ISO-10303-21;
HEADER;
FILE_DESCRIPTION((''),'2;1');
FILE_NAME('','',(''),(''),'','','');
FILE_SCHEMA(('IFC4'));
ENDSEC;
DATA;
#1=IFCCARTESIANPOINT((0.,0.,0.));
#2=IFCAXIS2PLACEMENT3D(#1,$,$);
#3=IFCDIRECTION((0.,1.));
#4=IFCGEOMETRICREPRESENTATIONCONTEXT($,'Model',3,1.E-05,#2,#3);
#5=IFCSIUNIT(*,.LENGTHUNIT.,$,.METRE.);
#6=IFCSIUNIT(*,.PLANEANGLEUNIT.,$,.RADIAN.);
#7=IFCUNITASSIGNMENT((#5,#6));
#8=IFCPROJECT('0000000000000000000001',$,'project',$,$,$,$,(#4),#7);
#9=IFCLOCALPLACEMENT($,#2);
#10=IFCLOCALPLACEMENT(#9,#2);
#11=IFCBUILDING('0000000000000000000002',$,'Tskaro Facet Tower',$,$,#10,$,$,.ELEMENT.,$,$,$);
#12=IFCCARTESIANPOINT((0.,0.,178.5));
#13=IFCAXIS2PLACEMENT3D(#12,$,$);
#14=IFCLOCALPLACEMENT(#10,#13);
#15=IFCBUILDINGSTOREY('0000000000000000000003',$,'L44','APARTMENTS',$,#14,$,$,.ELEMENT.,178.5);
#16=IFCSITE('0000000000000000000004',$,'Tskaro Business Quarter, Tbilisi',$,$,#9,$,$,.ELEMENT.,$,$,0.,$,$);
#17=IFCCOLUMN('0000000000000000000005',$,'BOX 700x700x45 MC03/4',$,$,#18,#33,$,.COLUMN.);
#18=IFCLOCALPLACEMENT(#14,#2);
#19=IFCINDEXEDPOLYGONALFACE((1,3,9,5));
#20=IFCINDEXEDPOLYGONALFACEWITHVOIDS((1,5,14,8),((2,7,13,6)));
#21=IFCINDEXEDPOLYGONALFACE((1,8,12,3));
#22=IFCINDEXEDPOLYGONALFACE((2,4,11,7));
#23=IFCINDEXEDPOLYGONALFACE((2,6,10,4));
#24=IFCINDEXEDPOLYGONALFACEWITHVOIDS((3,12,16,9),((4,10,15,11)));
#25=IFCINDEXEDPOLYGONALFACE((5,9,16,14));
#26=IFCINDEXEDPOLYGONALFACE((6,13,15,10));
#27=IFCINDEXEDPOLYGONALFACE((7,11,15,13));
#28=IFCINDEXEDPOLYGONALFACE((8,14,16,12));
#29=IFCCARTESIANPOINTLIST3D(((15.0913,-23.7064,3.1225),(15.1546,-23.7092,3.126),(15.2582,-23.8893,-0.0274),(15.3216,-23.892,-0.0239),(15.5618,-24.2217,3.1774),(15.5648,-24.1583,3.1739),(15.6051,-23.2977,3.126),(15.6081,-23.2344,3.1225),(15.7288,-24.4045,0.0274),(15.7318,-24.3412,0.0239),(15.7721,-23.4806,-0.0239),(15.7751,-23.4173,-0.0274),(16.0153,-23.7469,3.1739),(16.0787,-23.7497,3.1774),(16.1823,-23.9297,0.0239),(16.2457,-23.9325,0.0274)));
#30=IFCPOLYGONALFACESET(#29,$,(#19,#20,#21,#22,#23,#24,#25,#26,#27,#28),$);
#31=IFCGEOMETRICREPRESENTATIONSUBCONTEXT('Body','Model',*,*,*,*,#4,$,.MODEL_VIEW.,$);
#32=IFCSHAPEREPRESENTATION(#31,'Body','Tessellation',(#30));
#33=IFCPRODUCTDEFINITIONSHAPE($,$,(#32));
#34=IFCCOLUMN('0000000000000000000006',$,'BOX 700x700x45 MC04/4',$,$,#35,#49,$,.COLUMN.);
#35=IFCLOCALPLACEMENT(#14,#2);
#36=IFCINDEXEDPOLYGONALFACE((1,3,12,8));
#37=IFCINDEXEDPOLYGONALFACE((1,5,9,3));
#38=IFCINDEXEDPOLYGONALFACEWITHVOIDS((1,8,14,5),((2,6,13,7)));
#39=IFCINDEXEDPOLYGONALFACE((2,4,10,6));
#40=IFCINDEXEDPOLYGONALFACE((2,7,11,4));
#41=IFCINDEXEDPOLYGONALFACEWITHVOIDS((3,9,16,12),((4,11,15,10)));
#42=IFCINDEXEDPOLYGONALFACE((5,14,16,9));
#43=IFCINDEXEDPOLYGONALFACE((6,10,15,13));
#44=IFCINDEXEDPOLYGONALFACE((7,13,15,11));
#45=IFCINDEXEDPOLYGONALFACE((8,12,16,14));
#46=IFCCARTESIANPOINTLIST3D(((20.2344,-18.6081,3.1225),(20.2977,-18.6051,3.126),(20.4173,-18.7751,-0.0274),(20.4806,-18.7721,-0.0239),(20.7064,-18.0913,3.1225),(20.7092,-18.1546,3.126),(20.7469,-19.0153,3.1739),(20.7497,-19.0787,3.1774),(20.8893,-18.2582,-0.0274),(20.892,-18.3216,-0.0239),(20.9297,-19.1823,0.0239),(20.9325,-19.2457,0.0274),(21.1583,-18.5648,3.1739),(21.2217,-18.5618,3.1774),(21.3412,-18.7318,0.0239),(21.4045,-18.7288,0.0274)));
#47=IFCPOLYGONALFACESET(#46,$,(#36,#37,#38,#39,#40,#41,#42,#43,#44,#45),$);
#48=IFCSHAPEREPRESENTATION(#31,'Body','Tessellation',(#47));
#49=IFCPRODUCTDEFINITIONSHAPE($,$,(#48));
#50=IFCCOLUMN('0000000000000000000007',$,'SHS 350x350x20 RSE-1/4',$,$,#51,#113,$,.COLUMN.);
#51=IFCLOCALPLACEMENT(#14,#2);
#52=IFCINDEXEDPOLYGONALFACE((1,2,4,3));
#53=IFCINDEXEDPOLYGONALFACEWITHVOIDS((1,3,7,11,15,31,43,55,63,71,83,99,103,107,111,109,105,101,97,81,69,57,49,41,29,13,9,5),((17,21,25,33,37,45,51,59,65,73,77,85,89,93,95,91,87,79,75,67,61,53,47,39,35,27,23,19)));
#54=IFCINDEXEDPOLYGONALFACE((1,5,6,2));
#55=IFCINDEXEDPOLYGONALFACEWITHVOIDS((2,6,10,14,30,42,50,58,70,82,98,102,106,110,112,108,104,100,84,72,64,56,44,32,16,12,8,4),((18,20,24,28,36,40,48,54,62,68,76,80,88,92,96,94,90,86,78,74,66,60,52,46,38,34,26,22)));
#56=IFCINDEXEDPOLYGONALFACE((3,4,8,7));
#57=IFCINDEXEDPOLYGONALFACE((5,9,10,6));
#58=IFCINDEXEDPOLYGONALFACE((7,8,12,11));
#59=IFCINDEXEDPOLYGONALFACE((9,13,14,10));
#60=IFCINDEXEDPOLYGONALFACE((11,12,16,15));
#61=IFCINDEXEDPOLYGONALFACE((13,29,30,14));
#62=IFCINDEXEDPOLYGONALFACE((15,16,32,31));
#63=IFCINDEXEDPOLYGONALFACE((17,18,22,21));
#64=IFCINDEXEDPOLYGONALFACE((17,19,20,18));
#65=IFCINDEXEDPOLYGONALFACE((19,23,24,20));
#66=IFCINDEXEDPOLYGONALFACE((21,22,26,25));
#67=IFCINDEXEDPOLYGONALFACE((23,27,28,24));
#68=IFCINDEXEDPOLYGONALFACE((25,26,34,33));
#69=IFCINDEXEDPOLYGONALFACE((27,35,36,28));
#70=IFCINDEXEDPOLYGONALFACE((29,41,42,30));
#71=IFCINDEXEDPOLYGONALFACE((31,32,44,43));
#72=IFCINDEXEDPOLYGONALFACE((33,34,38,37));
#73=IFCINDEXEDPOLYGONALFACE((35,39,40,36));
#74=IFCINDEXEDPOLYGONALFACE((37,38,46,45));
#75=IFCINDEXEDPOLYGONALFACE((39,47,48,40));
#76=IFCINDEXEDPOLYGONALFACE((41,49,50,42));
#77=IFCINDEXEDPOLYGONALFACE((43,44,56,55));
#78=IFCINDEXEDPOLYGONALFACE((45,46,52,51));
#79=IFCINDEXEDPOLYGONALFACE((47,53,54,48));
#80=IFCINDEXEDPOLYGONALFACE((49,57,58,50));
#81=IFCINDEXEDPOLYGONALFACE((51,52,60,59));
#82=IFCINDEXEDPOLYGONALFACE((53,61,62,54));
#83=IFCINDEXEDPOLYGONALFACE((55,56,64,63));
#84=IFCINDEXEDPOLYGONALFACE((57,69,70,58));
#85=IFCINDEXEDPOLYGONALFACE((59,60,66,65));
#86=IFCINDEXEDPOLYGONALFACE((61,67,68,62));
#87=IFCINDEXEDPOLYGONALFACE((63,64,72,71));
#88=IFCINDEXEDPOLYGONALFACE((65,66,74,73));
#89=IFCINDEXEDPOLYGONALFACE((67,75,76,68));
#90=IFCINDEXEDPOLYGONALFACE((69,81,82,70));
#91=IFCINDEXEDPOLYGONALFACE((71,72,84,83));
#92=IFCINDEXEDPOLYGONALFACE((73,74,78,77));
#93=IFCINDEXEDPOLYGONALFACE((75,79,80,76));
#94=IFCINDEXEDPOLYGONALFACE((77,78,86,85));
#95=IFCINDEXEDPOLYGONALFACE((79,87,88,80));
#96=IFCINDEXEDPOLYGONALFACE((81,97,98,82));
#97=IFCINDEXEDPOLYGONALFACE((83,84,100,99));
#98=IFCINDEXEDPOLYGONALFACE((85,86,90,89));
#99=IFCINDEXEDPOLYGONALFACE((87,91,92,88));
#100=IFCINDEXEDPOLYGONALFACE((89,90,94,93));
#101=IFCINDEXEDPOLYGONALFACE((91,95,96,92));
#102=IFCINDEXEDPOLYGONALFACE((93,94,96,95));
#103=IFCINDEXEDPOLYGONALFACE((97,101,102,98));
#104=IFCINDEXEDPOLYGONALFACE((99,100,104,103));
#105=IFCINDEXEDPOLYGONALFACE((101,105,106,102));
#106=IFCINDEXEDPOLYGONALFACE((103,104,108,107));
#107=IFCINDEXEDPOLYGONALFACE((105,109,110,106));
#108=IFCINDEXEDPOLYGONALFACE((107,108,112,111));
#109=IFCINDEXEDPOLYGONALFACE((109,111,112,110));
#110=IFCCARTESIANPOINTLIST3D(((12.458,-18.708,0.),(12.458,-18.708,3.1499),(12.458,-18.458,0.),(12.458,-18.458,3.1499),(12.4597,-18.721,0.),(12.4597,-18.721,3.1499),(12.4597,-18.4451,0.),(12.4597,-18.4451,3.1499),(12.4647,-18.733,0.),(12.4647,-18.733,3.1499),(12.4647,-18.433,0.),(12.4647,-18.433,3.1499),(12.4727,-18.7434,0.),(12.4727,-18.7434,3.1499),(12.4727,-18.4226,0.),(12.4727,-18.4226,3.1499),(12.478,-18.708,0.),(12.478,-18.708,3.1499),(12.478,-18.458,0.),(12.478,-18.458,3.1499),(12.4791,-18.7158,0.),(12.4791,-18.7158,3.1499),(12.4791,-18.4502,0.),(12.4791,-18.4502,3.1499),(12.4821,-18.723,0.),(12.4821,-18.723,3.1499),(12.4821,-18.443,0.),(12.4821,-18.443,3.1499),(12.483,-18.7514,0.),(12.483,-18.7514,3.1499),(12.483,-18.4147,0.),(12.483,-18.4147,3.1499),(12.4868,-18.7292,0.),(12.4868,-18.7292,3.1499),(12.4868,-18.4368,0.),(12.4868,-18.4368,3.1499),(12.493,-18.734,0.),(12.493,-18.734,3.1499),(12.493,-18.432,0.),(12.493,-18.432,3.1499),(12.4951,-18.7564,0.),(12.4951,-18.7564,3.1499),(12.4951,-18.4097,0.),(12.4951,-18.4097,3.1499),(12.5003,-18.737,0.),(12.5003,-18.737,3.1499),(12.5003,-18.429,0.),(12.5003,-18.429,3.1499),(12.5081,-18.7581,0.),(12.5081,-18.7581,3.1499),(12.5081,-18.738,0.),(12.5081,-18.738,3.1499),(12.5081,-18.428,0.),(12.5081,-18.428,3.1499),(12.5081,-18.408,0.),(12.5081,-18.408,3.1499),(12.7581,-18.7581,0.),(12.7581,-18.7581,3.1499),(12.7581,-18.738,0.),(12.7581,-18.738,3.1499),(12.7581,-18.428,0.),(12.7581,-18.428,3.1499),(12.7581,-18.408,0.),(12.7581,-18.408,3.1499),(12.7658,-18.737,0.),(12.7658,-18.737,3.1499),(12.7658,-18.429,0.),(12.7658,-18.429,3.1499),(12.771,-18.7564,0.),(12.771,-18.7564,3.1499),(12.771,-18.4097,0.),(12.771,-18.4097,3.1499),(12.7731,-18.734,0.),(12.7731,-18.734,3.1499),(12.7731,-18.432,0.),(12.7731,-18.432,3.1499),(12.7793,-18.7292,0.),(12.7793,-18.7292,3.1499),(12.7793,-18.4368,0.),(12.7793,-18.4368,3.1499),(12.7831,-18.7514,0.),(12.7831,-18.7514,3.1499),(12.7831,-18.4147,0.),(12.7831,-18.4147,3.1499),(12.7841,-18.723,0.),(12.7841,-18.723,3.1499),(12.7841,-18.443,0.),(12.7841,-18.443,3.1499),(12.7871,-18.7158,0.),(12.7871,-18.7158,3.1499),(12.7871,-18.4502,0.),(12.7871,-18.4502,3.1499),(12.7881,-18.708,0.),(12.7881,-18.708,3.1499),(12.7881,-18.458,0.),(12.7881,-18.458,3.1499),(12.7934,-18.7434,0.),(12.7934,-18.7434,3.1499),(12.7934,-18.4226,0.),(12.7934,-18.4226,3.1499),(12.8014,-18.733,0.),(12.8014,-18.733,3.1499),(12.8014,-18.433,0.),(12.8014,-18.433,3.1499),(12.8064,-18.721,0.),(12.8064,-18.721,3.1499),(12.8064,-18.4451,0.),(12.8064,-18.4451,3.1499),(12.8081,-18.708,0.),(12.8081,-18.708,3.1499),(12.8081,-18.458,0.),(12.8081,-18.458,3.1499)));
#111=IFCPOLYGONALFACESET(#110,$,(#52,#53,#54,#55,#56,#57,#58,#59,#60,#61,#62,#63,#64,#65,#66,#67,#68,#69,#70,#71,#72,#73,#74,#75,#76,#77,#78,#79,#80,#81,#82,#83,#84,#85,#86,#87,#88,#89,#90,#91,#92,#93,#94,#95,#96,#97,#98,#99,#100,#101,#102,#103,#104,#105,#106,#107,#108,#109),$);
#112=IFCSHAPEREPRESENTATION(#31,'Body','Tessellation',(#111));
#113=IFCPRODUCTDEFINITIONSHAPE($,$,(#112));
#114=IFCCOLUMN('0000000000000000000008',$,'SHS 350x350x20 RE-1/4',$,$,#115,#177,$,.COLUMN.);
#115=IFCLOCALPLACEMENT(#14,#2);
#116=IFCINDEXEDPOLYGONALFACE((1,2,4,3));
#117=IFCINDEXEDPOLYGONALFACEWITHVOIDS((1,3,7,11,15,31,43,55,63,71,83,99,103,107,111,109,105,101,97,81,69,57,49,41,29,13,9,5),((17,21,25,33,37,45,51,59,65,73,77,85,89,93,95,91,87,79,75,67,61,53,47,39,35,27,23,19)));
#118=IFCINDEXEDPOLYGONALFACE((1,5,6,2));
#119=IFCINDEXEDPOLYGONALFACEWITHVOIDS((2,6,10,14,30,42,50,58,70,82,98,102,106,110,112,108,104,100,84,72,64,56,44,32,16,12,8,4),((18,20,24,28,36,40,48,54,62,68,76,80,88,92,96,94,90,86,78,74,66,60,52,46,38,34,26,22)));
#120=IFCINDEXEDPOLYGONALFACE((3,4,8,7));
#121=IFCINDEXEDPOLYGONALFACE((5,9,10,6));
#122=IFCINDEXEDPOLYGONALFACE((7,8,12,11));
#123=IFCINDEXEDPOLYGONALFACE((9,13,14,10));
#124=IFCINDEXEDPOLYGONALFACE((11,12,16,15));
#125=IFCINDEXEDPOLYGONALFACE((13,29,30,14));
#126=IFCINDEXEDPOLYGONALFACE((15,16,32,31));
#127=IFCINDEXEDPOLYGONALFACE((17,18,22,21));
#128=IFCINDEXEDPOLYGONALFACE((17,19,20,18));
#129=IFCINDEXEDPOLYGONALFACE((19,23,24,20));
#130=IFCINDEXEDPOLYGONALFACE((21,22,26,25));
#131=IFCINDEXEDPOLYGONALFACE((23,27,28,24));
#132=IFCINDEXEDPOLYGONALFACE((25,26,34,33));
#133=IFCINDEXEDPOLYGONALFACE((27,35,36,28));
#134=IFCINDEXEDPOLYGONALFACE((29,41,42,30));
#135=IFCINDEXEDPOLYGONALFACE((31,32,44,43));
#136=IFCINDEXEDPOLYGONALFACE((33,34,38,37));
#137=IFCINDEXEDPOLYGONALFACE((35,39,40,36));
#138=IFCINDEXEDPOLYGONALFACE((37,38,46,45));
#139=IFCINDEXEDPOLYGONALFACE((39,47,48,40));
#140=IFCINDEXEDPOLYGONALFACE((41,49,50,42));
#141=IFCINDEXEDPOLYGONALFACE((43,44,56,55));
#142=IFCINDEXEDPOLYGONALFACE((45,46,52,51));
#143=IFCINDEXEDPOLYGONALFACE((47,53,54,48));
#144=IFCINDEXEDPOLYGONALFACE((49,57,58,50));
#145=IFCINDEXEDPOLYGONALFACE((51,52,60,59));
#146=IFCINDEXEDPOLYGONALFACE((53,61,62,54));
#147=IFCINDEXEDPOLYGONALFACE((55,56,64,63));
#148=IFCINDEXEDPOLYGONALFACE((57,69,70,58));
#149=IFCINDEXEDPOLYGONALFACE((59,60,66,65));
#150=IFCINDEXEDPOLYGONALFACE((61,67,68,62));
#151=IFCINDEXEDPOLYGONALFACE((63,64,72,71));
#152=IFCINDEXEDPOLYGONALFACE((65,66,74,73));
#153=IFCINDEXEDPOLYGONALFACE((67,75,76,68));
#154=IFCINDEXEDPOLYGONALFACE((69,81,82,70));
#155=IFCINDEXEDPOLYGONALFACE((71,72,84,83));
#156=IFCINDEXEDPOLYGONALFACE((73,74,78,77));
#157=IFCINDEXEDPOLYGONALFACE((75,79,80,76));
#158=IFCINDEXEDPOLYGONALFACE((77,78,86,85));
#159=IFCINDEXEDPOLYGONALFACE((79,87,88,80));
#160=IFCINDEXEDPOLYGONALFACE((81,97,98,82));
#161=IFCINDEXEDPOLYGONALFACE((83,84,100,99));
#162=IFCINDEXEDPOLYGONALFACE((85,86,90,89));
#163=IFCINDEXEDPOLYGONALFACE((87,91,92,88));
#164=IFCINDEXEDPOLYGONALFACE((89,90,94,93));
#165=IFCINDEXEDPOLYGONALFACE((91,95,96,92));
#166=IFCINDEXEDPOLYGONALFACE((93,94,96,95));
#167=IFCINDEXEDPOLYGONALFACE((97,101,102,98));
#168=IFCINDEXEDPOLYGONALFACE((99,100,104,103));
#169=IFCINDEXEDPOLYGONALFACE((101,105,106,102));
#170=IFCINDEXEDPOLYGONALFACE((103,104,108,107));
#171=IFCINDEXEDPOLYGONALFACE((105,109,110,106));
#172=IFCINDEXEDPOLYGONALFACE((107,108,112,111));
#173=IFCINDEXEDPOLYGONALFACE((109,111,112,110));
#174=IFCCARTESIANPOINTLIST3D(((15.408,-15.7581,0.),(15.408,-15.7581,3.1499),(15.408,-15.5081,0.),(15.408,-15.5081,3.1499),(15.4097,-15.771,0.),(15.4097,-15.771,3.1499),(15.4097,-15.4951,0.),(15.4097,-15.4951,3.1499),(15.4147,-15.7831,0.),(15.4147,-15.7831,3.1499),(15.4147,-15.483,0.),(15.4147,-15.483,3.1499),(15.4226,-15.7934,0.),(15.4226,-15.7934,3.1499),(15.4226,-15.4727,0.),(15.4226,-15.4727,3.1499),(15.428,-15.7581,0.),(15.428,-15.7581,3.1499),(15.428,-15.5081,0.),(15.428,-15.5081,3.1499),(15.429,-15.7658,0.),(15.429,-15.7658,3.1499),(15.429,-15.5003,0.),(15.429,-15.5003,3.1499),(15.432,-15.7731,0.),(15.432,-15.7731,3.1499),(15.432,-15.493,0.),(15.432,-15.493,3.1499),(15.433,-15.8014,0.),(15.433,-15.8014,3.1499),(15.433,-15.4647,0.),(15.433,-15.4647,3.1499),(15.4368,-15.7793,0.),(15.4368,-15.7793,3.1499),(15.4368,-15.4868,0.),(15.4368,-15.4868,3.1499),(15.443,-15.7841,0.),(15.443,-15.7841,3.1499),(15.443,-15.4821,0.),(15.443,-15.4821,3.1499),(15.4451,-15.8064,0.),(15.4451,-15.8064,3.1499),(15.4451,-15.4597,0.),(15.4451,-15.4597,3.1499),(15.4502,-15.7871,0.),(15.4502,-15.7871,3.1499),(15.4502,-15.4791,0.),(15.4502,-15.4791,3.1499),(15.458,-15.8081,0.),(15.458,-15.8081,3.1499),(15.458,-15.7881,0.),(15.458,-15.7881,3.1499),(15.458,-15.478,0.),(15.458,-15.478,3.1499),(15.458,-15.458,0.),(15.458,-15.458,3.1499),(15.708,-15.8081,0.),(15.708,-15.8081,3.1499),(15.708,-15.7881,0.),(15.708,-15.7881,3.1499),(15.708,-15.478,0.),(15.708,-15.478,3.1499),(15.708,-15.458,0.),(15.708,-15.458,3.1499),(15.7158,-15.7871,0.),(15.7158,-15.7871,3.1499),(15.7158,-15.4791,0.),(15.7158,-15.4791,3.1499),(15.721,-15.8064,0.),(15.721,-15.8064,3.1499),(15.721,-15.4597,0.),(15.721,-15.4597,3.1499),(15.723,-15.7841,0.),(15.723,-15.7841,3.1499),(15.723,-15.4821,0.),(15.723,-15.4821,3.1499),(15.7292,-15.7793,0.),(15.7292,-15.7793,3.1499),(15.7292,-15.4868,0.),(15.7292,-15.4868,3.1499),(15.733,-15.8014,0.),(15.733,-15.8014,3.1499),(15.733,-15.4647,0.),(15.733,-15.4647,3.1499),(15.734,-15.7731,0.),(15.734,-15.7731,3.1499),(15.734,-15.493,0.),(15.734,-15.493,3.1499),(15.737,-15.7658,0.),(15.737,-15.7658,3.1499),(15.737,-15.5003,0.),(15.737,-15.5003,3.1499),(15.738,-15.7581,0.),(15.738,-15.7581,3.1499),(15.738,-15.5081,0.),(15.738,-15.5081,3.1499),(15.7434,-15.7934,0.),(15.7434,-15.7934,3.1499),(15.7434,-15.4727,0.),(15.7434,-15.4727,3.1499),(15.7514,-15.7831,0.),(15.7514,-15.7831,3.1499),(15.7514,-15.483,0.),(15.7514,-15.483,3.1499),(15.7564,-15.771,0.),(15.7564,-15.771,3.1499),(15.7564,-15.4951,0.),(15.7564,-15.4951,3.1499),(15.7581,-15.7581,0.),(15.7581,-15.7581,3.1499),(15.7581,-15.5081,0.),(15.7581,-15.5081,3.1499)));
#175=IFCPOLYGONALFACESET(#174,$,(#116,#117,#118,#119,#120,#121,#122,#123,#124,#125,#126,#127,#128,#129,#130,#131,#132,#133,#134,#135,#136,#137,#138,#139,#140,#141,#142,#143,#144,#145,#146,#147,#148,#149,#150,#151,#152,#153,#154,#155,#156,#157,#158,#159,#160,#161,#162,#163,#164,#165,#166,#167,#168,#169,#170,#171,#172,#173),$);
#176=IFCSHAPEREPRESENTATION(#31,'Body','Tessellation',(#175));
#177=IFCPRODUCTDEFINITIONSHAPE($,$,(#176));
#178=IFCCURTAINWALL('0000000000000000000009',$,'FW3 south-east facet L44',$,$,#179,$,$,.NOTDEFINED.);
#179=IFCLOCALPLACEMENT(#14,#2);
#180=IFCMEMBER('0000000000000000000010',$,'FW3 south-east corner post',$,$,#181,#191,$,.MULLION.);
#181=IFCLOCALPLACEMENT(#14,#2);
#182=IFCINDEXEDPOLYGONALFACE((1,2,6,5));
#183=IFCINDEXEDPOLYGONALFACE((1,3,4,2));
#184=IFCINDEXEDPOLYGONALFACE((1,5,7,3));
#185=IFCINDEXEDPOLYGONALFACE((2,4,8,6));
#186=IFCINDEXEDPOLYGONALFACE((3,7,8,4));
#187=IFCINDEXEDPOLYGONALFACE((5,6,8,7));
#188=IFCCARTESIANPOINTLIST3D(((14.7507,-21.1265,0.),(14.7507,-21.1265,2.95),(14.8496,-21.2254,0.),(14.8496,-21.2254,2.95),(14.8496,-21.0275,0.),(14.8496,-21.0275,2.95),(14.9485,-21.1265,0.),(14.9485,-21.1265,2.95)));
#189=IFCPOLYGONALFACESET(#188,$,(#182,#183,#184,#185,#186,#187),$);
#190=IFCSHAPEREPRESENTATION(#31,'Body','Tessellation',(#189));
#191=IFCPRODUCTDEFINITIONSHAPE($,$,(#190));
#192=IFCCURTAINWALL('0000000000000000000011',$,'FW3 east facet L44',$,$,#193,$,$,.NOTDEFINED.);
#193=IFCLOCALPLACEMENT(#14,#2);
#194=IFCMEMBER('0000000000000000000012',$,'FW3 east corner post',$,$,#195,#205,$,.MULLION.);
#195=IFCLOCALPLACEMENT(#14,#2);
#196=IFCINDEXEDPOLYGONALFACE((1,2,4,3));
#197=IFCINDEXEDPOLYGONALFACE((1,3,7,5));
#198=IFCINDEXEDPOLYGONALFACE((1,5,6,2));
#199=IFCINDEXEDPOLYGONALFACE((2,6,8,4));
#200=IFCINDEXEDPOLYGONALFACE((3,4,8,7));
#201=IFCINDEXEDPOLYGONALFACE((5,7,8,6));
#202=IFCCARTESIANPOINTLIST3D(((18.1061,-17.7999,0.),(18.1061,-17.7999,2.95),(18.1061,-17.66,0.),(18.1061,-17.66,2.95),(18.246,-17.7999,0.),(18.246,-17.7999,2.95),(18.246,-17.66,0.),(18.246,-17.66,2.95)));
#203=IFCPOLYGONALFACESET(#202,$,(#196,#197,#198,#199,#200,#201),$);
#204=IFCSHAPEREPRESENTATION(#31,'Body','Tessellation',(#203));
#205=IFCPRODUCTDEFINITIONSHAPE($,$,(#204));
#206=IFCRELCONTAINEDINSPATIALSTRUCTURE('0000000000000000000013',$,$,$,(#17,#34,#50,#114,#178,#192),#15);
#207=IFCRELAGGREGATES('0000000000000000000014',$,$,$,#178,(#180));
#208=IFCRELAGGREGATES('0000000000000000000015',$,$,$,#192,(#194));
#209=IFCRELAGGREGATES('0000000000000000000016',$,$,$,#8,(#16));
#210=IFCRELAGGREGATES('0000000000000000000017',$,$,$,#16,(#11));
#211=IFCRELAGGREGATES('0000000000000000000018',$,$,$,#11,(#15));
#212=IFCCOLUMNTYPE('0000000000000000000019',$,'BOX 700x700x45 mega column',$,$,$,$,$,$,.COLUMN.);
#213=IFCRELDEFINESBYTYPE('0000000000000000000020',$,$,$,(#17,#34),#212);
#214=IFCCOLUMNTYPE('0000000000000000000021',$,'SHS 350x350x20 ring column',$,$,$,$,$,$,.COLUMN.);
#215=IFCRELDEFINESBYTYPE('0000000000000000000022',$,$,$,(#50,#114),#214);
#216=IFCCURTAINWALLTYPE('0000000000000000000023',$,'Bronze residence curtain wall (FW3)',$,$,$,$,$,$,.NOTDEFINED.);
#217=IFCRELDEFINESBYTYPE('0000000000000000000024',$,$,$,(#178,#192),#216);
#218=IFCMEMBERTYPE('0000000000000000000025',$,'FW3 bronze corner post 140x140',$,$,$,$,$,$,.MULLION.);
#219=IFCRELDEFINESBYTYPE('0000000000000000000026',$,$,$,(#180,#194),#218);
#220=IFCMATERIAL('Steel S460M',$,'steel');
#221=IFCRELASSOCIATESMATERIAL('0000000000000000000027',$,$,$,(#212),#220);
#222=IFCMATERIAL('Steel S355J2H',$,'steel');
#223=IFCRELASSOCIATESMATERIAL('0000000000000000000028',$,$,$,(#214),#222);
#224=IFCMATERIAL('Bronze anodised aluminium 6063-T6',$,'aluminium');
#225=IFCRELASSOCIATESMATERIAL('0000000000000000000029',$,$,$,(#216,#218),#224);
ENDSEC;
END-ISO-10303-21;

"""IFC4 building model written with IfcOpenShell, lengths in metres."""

from ifc_helpers import new_model, si_unit, direction, frame, origin, origin_2d, place, context, subcontext, project, spatial, rectangle, hollow_rectangle, extrude, material, material_profile, profile_set, type_object, element, aggregate, save


model = new_model("IFC4")

# Units and contexts
model_context = context("Model", 3, precision=1e-05, world=origin(), true_north=direction((0.0, 1.0)))
body_context = subcontext(model_context, "Body", "Model", "MODEL_VIEW")
ifc_project = project(units=[si_unit("LENGTHUNIT", "METRE"), si_unit("PLANEANGLEUNIT", "RADIAN")], contexts=[model_context])

# Site, building, storey
site_placement = place(None, origin())
site = spatial("IfcSite", under=ifc_project, at=site_placement, Name="Tskaro Business Quarter, Tbilisi", CompositionType="ELEMENT", RefElevation=0.0)
building_placement = place(site_placement, origin())
building = spatial("IfcBuilding", under=site, at=building_placement, Name="Tskaro Facet Tower", CompositionType="ELEMENT")
storey_placement = place(building_placement, frame((0.0, 0.0, 178.5)))
storey = spatial("IfcBuildingStorey", under=building, at=storey_placement, Name="L44", Description="APARTMENTS", CompositionType="ELEMENT", Elevation=178.5)

# Columns
ifc_material_1 = material(Name="Steel S460M", Category="steel")
ifc_material_profile_1 = material_profile(ifc_material_1, hollow_rectangle(XDim=0.7, YDim=0.7, WallThickness=0.0449, at=origin_2d()), Name="BOX 700x700x45")
ifc_profile_set_1 = profile_set([ifc_material_profile_1], Name="Steel S460M")
column_type_1 = type_object("IfcColumnType", Name="BOX 700x700x45 mega column", PredefinedType="COLUMN", material=ifc_profile_set_1)
for number, where, z_axis, x_axis, name in (
    (1, (15.752, -23.9109, 0.0), (-0.052852, 0.057874, 0.996924), (-0.738421, -0.674339, 0.0), "BOX 700x700x45 MC03/4"),
    (2, (20.9109, -18.752, 0.0), (-0.057874, 0.052852, 0.996924), (-0.674339, -0.738421, 0.0), "BOX 700x700x45 MC04/4"),
):
    element("IfcColumn", number, at=place(storey_placement, frame(where, z_axis=z_axis, x_axis=x_axis)), inside=storey, type_object=column_type_1, Name=name, PredefinedType="COLUMN", context=body_context, shape_type="SweptSolid", body=[
        extrude(hollow_rectangle(XDim=0.7, YDim=0.7, WallThickness=0.0449, at=origin_2d()), origin(), (0.0, 0.0, 1.0), 3.1597),
    ])
ifc_material_2 = material(Name="Steel S355J2H", Category="steel")
ifc_material_profile_2 = material_profile(ifc_material_2, hollow_rectangle(XDim=0.3501, YDim=0.3501, WallThickness=0.02, InnerFilletRadius=0.03, OuterFilletRadius=0.05, at=origin_2d()), Name="SHS 350x350x20")
ifc_profile_set_2 = profile_set([ifc_material_profile_2], Name="Steel S355J2H")
column_type_2 = type_object("IfcColumnType", Name="SHS 350x350x20 ring column", PredefinedType="COLUMN", material=ifc_profile_set_2)
for number, where, z_axis, x_axis, name in (
    (3, (12.6331, -18.583, 0.0), (0.0, 0.0, 1.0), (1.0, 0.0, 0.0), "SHS 350x350x20 RSE-1/4"),
    (4, (15.583, -15.6331, 0.0), (0.0, 0.0, 1.0), (1.0, 0.0, 0.0), "SHS 350x350x20 RE-1/4"),
):
    element("IfcColumn", number, at=place(storey_placement, frame(where, z_axis=z_axis, x_axis=x_axis)), inside=storey, type_object=column_type_2, Name=name, PredefinedType="COLUMN", context=body_context, shape_type="SweptSolid", body=[
        extrude(hollow_rectangle(XDim=0.3501, YDim=0.3501, WallThickness=0.02, InnerFilletRadius=0.03, OuterFilletRadius=0.05, at=origin_2d()), origin(), (0.0, 0.0, 1.0), 3.1499),
    ])

# Curtain wall, member
ifc_material_3 = material(Name="Bronze anodised aluminium 6063-T6", Category="aluminium")
curtain_wall_type = type_object("IfcCurtainWallType", Name="Bronze residence curtain wall (FW3)", PredefinedType="NOTDEFINED", material=ifc_material_3)
curtain_wall_1_placement = place(storey_placement, origin())
curtain_wall_1 = element("IfcCurtainWall", 5, at=curtain_wall_1_placement, inside=storey, type_object=curtain_wall_type, Name="FW3 south-east facet L44", PredefinedType="NOTDEFINED")
ifc_material_profile_3 = material_profile(ifc_material_3, rectangle(XDim=0.1399, YDim=0.1399, at=origin_2d()), Name="Corner post 140x140")
ifc_profile_set_3 = profile_set([ifc_material_profile_3], Name="Bronze anodised aluminium 6063-T6")
member_type_1 = type_object("IfcMemberType", Name="FW3 bronze corner post 140x140", PredefinedType="MULLION", material=ifc_profile_set_3)
member_1_placement = place(storey_placement, frame((14.8496, -21.1265, 0.0), z_axis=(0.0, 0.0, 1.0), x_axis=(0.707107, 0.707107, 0.0)))
member_1 = element("IfcMember", 6, at=member_1_placement, type_object=member_type_1, Name="FW3 south-east corner post", PredefinedType="MULLION", context=body_context, shape_type="SweptSolid", body=[
    extrude(rectangle(XDim=0.1399, YDim=0.1399, at=origin_2d()), origin(), (0.0, 0.0, 1.0), 2.95),
])

# Curtain wall, member
curtain_wall_2_placement = place(storey_placement, origin())
curtain_wall_2 = element("IfcCurtainWall", 7, at=curtain_wall_2_placement, inside=storey, type_object=curtain_wall_type, Name="FW3 east facet L44", PredefinedType="NOTDEFINED")
member_2_placement = place(storey_placement, frame((18.176, -17.73, 0.0), z_axis=(0.0, 0.0, 1.0), x_axis=(0.0, 1.0, 0.0)))
member_2 = element("IfcMember", 8, at=member_2_placement, type_object=member_type_1, Name="FW3 east corner post", PredefinedType="MULLION", context=body_context, shape_type="SweptSolid", body=[
    extrude(rectangle(XDim=0.1399, YDim=0.1399, at=origin_2d()), origin(), (0.0, 0.0, 1.0), 2.95),
])

aggregate(curtain_wall_1, [member_1])
aggregate(curtain_wall_2, [member_2])

save(model, "model.ifc")
